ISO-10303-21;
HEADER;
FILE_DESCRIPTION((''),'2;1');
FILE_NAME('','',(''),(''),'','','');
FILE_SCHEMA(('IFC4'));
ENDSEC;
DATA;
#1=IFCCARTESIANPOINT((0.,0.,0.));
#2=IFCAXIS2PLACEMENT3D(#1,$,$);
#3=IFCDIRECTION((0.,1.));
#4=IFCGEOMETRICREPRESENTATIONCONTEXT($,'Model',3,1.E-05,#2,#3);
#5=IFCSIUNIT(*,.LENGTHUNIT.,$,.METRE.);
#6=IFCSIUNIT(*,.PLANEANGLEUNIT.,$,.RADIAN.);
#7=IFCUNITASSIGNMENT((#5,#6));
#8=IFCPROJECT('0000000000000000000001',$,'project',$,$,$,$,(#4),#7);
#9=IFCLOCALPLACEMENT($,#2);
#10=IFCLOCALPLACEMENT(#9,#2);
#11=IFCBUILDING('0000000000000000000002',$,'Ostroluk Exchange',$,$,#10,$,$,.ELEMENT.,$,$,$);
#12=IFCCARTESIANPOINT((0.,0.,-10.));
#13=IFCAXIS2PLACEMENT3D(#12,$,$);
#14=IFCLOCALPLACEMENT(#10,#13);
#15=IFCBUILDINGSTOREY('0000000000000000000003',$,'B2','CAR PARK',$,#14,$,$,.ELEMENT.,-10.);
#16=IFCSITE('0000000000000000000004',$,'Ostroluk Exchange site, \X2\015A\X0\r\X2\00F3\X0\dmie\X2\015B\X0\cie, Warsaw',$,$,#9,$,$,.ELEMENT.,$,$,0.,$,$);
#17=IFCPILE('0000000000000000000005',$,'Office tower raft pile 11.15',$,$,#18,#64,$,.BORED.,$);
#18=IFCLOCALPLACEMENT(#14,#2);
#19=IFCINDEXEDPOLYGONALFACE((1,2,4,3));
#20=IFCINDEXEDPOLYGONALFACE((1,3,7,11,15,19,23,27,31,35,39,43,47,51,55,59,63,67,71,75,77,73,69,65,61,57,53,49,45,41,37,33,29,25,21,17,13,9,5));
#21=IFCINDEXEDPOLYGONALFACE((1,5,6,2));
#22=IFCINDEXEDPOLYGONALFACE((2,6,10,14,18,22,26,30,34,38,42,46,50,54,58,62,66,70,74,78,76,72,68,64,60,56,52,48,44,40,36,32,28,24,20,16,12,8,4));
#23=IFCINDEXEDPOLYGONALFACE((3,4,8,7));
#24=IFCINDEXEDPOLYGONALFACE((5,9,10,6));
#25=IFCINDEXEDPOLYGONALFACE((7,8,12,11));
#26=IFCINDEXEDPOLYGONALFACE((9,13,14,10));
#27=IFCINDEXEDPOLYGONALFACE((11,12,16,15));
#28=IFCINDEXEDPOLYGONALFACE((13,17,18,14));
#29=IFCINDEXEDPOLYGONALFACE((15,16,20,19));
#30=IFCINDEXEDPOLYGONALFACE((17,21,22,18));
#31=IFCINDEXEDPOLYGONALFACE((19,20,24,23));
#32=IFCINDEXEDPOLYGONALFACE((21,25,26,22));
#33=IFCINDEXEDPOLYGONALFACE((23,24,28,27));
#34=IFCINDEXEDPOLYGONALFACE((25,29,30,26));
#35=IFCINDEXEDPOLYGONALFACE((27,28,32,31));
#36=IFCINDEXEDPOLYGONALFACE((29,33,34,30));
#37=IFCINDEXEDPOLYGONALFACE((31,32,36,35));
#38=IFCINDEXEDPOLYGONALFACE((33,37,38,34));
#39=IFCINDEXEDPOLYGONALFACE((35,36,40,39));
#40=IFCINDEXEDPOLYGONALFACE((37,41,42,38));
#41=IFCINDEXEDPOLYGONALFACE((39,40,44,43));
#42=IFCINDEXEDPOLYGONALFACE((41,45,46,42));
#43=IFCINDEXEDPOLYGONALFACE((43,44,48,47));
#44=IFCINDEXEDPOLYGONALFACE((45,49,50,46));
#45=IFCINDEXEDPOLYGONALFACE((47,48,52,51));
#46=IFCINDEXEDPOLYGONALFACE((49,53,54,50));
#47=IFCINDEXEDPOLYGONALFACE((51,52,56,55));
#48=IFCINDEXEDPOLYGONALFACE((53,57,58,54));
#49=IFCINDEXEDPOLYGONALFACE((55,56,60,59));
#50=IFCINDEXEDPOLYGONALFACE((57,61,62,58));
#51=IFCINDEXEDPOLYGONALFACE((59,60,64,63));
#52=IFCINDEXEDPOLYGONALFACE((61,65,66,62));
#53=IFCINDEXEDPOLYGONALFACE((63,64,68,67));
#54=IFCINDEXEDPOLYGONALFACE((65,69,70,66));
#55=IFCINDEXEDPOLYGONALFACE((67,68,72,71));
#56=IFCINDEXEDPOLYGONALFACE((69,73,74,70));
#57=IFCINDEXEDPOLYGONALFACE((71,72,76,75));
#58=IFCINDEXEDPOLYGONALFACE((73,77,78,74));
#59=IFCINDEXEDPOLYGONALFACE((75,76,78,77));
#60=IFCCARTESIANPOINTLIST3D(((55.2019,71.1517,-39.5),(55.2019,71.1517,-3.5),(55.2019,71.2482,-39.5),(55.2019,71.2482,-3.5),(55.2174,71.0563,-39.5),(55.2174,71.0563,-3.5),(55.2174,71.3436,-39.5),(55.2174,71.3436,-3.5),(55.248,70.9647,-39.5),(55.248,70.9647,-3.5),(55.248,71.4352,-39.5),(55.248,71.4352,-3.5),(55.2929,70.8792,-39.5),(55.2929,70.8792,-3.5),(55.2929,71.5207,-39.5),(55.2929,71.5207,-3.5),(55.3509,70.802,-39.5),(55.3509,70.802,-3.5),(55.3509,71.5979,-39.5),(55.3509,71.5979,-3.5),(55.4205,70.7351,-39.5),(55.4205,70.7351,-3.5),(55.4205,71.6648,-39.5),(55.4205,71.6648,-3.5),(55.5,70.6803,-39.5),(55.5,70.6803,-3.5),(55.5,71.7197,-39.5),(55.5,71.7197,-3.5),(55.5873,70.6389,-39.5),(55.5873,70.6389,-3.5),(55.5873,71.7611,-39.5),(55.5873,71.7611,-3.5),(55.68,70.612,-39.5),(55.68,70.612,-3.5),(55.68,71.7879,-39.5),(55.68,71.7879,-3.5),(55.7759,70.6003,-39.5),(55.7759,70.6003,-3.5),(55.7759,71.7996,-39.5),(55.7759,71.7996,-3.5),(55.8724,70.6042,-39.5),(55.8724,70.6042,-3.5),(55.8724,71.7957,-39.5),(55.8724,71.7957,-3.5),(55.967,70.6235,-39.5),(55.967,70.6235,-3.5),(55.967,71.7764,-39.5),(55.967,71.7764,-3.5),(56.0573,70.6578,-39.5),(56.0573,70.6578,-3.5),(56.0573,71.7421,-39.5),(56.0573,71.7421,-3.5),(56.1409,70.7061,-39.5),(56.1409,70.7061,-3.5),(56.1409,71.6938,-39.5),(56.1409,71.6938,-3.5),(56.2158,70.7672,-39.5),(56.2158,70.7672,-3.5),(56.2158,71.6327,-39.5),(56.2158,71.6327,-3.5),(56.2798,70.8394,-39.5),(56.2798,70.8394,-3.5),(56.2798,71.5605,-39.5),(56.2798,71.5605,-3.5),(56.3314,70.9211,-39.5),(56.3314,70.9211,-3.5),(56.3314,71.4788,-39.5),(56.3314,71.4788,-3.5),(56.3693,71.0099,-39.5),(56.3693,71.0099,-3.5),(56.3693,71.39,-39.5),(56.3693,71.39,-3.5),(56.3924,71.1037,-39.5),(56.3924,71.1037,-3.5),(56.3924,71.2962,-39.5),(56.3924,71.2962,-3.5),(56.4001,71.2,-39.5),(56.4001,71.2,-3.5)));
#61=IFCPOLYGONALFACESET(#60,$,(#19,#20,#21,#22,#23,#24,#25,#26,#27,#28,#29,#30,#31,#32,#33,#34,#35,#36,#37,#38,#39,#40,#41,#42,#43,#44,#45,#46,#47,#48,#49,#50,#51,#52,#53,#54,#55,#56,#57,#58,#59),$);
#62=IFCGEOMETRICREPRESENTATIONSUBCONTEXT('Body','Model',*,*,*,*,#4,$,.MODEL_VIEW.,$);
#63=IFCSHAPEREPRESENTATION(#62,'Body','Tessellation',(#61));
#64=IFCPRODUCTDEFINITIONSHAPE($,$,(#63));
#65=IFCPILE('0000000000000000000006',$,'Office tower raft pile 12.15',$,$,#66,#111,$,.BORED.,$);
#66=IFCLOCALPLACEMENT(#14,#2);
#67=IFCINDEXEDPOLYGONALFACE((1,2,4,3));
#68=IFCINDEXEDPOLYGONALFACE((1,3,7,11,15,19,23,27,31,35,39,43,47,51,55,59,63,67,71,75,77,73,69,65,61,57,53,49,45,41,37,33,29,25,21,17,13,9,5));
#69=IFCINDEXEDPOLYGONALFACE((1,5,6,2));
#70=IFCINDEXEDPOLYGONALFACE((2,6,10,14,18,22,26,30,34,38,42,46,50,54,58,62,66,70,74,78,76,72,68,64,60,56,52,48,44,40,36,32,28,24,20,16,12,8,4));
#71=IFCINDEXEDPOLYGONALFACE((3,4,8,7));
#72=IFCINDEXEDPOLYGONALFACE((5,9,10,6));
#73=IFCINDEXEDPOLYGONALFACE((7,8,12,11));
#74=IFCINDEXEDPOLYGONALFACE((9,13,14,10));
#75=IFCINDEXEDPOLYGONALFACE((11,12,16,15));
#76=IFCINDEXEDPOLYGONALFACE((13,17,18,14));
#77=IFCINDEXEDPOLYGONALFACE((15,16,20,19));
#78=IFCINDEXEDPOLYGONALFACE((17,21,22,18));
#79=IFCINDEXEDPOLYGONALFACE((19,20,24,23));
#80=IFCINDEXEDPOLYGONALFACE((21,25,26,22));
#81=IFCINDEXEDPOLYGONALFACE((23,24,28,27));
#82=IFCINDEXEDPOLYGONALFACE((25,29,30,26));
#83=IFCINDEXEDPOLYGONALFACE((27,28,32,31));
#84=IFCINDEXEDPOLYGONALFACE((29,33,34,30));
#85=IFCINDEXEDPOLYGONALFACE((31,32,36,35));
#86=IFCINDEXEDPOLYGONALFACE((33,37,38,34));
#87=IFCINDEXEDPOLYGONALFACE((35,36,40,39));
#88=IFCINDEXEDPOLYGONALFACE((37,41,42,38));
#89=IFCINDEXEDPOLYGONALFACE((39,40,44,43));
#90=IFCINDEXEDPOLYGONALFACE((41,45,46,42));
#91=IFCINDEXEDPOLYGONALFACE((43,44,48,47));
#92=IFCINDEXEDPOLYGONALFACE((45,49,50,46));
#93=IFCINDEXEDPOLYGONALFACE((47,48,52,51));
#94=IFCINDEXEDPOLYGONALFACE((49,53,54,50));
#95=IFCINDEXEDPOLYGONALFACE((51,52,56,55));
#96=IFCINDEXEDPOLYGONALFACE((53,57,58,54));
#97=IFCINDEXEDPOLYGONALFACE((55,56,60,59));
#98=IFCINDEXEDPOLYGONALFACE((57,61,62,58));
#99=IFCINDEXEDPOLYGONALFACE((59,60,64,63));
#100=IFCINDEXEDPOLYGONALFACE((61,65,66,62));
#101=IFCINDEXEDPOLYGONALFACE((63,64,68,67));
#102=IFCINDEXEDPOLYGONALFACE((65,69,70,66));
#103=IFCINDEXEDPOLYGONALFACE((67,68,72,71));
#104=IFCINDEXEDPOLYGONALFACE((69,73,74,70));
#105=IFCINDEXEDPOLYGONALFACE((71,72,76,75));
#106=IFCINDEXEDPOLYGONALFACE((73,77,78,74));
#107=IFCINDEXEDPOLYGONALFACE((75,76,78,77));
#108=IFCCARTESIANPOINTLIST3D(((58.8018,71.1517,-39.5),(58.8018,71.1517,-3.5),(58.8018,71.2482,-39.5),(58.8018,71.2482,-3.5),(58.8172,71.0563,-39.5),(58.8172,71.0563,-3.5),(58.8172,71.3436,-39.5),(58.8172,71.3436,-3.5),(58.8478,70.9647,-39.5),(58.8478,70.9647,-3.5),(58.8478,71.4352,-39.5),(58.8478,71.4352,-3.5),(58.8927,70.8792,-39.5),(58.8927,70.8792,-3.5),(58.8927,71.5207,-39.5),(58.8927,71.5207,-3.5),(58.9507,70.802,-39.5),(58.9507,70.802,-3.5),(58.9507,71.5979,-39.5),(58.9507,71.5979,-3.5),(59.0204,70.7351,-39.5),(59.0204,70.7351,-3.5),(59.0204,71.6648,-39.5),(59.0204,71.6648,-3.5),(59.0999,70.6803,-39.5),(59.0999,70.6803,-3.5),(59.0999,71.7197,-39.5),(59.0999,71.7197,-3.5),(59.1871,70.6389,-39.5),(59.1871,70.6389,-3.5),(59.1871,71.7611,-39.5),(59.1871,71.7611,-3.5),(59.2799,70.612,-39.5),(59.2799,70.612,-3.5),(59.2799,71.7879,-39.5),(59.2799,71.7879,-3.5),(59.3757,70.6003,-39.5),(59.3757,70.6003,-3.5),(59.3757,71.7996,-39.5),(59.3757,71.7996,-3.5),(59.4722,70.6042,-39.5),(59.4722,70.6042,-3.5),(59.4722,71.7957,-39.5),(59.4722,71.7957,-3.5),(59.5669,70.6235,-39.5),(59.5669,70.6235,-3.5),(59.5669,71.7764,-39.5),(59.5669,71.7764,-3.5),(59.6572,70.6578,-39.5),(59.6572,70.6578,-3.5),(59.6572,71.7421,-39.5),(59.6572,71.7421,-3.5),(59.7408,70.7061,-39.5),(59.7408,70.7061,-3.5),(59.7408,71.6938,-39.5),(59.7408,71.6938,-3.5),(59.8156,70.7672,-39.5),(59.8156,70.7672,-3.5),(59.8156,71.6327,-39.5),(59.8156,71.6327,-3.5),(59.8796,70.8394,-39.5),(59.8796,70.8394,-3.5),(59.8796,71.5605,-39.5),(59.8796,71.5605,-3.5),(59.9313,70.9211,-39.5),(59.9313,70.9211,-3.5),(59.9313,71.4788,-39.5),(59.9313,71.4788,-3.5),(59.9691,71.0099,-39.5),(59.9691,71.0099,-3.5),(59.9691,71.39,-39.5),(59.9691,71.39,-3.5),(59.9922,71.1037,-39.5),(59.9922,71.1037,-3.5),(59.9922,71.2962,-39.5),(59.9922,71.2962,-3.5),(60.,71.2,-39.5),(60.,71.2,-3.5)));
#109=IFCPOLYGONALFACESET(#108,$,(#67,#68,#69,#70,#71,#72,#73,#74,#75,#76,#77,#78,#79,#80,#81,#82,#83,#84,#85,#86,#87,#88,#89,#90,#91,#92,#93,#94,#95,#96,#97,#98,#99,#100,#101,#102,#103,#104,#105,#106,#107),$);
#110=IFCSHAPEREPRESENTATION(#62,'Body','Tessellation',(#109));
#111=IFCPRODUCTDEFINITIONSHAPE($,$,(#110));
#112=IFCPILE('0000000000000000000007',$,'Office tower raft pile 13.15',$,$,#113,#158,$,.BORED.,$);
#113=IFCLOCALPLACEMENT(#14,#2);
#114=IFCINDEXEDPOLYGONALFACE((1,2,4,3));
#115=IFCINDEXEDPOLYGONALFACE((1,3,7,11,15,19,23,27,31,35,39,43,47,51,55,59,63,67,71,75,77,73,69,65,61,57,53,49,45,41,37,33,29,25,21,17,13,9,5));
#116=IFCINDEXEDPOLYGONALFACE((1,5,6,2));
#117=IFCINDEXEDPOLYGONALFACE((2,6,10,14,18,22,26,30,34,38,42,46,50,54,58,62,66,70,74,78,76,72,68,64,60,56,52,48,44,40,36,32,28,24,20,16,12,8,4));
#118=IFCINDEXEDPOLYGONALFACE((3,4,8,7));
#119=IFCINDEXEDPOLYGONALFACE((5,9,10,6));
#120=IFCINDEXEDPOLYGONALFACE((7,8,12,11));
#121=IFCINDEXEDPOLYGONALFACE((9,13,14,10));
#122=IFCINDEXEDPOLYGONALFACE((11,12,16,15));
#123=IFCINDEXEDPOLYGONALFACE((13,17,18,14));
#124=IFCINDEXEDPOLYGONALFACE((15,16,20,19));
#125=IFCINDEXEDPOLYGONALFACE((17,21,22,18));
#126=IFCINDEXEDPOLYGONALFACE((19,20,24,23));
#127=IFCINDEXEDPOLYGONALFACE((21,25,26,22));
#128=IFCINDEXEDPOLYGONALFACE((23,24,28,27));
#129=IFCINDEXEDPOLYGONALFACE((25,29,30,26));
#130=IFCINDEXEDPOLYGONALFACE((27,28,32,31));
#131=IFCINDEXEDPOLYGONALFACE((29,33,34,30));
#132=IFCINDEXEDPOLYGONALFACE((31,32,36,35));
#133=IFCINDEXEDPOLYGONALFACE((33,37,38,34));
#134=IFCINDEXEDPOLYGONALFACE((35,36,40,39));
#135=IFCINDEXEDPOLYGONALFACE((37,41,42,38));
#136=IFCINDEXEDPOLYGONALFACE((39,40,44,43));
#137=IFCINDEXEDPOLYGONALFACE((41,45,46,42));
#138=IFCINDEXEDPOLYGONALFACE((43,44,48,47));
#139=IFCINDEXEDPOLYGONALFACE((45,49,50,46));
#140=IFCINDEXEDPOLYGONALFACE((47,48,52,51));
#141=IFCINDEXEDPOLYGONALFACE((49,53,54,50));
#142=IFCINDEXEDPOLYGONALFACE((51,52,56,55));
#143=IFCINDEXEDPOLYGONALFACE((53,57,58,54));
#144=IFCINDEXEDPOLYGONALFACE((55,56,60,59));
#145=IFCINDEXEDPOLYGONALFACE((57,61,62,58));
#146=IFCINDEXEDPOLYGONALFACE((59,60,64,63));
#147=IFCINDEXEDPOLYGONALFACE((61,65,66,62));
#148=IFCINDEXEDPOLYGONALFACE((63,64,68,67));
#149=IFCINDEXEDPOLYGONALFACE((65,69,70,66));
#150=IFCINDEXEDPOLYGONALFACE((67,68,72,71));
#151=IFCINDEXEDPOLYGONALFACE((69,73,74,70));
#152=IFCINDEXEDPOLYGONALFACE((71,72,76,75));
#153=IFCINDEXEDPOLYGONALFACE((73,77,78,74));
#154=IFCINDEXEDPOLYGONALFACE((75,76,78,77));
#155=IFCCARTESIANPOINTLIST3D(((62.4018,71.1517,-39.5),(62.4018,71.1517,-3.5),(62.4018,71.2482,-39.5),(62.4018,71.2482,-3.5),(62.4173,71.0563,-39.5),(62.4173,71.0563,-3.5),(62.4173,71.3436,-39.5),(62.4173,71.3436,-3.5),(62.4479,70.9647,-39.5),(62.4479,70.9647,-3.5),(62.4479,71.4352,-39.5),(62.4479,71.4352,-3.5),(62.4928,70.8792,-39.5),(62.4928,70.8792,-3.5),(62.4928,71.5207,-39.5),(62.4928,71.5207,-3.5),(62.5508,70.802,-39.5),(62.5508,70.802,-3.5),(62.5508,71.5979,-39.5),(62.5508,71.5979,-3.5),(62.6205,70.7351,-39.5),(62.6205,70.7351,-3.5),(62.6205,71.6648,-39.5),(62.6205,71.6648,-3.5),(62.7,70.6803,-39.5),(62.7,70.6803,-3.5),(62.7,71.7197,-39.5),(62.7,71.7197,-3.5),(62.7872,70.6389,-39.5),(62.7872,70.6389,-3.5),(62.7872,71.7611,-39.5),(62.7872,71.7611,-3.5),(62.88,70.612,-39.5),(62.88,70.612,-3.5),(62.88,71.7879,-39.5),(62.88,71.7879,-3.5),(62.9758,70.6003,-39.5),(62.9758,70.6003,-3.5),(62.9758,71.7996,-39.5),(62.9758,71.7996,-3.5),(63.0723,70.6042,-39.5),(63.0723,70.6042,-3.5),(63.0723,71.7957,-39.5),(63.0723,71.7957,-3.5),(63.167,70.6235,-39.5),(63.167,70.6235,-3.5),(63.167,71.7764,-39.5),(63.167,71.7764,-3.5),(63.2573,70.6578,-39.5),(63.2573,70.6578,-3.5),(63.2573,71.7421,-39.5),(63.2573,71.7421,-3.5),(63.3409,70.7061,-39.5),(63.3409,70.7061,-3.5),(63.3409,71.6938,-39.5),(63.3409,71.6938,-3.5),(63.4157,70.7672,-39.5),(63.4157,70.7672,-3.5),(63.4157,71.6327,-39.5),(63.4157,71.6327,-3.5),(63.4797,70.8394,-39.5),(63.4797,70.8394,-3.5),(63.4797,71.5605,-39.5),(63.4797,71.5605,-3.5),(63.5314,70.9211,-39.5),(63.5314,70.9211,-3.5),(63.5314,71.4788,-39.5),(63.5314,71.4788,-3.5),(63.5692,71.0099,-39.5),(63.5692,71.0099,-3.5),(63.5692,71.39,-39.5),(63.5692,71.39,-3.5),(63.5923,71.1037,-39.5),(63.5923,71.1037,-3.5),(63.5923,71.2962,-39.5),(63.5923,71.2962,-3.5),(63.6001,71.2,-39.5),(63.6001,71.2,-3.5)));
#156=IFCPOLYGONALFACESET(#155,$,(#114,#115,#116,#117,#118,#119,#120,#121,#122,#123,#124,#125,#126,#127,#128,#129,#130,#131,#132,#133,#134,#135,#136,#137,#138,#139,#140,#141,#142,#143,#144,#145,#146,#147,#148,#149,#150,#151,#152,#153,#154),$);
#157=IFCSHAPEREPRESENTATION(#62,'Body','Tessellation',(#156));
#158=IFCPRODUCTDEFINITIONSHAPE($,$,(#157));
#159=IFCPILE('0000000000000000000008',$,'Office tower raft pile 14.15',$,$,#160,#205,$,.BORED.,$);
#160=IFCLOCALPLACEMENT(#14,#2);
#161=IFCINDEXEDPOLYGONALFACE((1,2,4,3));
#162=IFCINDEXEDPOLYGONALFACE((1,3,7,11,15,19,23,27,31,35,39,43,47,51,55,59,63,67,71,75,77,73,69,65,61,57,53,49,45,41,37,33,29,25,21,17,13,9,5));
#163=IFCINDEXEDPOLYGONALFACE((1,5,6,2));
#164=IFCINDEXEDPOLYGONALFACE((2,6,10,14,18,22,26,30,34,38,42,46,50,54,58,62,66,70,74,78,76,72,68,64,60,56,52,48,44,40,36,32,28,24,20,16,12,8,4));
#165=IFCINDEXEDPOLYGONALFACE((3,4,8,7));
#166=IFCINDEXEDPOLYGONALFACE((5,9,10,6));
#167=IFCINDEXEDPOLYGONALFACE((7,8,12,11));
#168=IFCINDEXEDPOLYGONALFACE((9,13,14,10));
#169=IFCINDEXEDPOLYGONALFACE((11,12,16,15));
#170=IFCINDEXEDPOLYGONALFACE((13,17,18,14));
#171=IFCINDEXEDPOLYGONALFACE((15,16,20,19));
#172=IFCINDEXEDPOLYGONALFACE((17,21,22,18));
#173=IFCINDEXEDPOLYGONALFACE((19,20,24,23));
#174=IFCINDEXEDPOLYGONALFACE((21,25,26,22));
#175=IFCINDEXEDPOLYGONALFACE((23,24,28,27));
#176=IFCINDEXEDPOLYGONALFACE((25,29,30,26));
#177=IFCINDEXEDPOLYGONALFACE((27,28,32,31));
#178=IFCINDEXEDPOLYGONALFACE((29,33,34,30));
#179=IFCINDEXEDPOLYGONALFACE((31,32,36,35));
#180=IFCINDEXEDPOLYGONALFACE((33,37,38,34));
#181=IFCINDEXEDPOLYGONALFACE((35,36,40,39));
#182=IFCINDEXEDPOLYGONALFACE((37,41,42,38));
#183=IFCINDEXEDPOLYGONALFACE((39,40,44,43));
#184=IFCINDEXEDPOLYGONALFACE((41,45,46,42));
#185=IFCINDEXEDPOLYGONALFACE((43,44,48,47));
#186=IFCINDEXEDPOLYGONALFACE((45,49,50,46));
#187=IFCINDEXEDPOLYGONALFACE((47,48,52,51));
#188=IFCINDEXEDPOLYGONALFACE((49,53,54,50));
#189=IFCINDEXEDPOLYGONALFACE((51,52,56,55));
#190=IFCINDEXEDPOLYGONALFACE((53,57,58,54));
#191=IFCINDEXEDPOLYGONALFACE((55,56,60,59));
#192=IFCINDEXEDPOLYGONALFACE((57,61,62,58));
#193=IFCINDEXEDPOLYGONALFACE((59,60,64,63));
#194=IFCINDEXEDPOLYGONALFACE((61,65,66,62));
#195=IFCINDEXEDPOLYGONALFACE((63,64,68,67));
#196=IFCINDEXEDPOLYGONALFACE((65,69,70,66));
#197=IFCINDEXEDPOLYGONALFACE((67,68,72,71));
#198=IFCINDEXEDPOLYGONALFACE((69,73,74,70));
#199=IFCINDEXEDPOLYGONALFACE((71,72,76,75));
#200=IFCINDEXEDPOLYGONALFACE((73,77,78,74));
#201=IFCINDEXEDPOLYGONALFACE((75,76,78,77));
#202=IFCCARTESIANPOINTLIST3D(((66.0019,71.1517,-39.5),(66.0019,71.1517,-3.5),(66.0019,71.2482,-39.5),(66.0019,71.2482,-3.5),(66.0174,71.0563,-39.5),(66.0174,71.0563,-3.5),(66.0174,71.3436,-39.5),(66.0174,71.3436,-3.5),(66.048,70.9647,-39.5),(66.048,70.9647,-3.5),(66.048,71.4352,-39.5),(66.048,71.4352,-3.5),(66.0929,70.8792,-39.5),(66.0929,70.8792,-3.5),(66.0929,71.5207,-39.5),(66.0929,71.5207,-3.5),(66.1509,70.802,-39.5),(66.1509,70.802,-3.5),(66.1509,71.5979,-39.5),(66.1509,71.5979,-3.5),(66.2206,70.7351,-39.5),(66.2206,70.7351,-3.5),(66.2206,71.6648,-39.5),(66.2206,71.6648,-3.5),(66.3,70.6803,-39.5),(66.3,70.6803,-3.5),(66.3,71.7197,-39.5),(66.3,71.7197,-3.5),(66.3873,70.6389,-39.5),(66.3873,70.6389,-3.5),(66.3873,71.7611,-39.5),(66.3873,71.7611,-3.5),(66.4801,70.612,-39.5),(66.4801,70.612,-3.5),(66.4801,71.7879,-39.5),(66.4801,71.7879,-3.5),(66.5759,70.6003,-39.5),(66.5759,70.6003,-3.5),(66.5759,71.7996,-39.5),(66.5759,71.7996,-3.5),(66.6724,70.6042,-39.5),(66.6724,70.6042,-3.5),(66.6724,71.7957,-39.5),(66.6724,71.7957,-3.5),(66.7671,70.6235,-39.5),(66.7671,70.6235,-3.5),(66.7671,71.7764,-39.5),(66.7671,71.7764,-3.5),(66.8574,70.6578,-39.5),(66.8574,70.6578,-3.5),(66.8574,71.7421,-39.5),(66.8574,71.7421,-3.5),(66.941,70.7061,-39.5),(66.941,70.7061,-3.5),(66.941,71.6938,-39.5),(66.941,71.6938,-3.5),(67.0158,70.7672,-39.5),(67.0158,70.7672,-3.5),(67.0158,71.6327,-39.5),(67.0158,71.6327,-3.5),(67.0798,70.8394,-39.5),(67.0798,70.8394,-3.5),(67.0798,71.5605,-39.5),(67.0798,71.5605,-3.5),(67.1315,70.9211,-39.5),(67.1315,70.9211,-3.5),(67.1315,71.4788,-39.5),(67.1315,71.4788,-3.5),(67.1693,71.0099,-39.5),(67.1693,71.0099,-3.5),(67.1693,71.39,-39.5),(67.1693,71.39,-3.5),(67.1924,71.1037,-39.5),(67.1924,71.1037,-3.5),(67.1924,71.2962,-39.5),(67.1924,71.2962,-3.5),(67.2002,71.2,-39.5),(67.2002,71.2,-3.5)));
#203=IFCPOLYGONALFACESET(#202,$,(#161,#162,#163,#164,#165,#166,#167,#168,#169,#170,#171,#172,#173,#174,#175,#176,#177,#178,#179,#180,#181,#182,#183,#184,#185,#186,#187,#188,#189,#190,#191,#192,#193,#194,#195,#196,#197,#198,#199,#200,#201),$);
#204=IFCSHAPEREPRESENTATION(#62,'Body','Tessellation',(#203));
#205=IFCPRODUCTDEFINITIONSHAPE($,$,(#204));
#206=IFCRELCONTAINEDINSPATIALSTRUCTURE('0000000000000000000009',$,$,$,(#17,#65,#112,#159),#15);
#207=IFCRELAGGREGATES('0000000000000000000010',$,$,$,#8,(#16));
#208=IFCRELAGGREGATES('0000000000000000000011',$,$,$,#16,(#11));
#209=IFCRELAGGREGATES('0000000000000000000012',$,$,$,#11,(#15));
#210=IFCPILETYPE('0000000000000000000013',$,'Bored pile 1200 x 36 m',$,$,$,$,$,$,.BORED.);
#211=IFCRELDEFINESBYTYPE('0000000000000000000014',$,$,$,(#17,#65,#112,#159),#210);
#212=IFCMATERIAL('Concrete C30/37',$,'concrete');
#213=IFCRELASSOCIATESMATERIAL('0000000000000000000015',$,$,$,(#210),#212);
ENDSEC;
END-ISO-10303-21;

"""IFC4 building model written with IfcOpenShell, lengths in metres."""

from ifc_helpers import new_model, si_unit, direction, frame, origin, origin_2d, place, context, subcontext, project, spatial, circle, extrude, material, type_object, element, save


model = new_model("IFC4")

# Units and contexts
model_context = context("Model", 3, precision=1e-05, world=origin(), true_north=direction((0.0, 1.0)))
body_context = subcontext(model_context, "Body", "Model", "MODEL_VIEW")
ifc_project = project(units=[si_unit("LENGTHUNIT", "METRE"), si_unit("PLANEANGLEUNIT", "RADIAN")], contexts=[model_context])

# Site, building, storey
site_placement = place(None, origin())
site = spatial("IfcSite", under=ifc_project, at=site_placement, Name="Ostroluk Exchange site, Śródmieście, Warsaw", CompositionType="ELEMENT", RefElevation=0.0)
building_placement = place(site_placement, origin())
building = spatial("IfcBuilding", under=site, at=building_placement, Name="Ostroluk Exchange", CompositionType="ELEMENT")
storey_placement = place(building_placement, frame((0.0, 0.0, -10.0)))
storey = spatial("IfcBuildingStorey", under=building, at=storey_placement, Name="B2", Description="CAR PARK", CompositionType="ELEMENT", Elevation=-10.0)

# Piles
ifc_material_1 = material(Name="Concrete C30/37", Category="concrete")
pile_type_1 = type_object("IfcPileType", Name="Bored pile 1200 x 36 m", PredefinedType="BORED", material=ifc_material_1)
for number, where, z_axis, x_axis, name in (
    (1, (55.8, 71.2, -3.5), (0.0, 0.0, -1.0), (1.0, 0.0, 0.0), "Office tower raft pile 11.15"),
    (2, (59.3999, 71.2, -3.5), (0.0, 0.0, -1.0), (1.0, 0.0, 0.0), "Office tower raft pile 12.15"),
    (3, (63.0, 71.2, -3.5), (0.0, 0.0, -1.0), (1.0, 0.0, 0.0), "Office tower raft pile 13.15"),
    (4, (66.6001, 71.2, -3.5), (0.0, 0.0, -1.0), (1.0, 0.0, 0.0), "Office tower raft pile 14.15"),
):
    element("IfcPile", number, at=place(storey_placement, frame(where, z_axis=z_axis, x_axis=x_axis)), inside=storey, type_object=pile_type_1, Name=name, PredefinedType="BORED", context=body_context, shape_type="SweptSolid", body=[
        extrude(circle(Radius=0.6001, at=origin_2d()), origin(), (0.0, 0.0, 1.0), 36.0),
    ])

save(model, "model.ifc")
